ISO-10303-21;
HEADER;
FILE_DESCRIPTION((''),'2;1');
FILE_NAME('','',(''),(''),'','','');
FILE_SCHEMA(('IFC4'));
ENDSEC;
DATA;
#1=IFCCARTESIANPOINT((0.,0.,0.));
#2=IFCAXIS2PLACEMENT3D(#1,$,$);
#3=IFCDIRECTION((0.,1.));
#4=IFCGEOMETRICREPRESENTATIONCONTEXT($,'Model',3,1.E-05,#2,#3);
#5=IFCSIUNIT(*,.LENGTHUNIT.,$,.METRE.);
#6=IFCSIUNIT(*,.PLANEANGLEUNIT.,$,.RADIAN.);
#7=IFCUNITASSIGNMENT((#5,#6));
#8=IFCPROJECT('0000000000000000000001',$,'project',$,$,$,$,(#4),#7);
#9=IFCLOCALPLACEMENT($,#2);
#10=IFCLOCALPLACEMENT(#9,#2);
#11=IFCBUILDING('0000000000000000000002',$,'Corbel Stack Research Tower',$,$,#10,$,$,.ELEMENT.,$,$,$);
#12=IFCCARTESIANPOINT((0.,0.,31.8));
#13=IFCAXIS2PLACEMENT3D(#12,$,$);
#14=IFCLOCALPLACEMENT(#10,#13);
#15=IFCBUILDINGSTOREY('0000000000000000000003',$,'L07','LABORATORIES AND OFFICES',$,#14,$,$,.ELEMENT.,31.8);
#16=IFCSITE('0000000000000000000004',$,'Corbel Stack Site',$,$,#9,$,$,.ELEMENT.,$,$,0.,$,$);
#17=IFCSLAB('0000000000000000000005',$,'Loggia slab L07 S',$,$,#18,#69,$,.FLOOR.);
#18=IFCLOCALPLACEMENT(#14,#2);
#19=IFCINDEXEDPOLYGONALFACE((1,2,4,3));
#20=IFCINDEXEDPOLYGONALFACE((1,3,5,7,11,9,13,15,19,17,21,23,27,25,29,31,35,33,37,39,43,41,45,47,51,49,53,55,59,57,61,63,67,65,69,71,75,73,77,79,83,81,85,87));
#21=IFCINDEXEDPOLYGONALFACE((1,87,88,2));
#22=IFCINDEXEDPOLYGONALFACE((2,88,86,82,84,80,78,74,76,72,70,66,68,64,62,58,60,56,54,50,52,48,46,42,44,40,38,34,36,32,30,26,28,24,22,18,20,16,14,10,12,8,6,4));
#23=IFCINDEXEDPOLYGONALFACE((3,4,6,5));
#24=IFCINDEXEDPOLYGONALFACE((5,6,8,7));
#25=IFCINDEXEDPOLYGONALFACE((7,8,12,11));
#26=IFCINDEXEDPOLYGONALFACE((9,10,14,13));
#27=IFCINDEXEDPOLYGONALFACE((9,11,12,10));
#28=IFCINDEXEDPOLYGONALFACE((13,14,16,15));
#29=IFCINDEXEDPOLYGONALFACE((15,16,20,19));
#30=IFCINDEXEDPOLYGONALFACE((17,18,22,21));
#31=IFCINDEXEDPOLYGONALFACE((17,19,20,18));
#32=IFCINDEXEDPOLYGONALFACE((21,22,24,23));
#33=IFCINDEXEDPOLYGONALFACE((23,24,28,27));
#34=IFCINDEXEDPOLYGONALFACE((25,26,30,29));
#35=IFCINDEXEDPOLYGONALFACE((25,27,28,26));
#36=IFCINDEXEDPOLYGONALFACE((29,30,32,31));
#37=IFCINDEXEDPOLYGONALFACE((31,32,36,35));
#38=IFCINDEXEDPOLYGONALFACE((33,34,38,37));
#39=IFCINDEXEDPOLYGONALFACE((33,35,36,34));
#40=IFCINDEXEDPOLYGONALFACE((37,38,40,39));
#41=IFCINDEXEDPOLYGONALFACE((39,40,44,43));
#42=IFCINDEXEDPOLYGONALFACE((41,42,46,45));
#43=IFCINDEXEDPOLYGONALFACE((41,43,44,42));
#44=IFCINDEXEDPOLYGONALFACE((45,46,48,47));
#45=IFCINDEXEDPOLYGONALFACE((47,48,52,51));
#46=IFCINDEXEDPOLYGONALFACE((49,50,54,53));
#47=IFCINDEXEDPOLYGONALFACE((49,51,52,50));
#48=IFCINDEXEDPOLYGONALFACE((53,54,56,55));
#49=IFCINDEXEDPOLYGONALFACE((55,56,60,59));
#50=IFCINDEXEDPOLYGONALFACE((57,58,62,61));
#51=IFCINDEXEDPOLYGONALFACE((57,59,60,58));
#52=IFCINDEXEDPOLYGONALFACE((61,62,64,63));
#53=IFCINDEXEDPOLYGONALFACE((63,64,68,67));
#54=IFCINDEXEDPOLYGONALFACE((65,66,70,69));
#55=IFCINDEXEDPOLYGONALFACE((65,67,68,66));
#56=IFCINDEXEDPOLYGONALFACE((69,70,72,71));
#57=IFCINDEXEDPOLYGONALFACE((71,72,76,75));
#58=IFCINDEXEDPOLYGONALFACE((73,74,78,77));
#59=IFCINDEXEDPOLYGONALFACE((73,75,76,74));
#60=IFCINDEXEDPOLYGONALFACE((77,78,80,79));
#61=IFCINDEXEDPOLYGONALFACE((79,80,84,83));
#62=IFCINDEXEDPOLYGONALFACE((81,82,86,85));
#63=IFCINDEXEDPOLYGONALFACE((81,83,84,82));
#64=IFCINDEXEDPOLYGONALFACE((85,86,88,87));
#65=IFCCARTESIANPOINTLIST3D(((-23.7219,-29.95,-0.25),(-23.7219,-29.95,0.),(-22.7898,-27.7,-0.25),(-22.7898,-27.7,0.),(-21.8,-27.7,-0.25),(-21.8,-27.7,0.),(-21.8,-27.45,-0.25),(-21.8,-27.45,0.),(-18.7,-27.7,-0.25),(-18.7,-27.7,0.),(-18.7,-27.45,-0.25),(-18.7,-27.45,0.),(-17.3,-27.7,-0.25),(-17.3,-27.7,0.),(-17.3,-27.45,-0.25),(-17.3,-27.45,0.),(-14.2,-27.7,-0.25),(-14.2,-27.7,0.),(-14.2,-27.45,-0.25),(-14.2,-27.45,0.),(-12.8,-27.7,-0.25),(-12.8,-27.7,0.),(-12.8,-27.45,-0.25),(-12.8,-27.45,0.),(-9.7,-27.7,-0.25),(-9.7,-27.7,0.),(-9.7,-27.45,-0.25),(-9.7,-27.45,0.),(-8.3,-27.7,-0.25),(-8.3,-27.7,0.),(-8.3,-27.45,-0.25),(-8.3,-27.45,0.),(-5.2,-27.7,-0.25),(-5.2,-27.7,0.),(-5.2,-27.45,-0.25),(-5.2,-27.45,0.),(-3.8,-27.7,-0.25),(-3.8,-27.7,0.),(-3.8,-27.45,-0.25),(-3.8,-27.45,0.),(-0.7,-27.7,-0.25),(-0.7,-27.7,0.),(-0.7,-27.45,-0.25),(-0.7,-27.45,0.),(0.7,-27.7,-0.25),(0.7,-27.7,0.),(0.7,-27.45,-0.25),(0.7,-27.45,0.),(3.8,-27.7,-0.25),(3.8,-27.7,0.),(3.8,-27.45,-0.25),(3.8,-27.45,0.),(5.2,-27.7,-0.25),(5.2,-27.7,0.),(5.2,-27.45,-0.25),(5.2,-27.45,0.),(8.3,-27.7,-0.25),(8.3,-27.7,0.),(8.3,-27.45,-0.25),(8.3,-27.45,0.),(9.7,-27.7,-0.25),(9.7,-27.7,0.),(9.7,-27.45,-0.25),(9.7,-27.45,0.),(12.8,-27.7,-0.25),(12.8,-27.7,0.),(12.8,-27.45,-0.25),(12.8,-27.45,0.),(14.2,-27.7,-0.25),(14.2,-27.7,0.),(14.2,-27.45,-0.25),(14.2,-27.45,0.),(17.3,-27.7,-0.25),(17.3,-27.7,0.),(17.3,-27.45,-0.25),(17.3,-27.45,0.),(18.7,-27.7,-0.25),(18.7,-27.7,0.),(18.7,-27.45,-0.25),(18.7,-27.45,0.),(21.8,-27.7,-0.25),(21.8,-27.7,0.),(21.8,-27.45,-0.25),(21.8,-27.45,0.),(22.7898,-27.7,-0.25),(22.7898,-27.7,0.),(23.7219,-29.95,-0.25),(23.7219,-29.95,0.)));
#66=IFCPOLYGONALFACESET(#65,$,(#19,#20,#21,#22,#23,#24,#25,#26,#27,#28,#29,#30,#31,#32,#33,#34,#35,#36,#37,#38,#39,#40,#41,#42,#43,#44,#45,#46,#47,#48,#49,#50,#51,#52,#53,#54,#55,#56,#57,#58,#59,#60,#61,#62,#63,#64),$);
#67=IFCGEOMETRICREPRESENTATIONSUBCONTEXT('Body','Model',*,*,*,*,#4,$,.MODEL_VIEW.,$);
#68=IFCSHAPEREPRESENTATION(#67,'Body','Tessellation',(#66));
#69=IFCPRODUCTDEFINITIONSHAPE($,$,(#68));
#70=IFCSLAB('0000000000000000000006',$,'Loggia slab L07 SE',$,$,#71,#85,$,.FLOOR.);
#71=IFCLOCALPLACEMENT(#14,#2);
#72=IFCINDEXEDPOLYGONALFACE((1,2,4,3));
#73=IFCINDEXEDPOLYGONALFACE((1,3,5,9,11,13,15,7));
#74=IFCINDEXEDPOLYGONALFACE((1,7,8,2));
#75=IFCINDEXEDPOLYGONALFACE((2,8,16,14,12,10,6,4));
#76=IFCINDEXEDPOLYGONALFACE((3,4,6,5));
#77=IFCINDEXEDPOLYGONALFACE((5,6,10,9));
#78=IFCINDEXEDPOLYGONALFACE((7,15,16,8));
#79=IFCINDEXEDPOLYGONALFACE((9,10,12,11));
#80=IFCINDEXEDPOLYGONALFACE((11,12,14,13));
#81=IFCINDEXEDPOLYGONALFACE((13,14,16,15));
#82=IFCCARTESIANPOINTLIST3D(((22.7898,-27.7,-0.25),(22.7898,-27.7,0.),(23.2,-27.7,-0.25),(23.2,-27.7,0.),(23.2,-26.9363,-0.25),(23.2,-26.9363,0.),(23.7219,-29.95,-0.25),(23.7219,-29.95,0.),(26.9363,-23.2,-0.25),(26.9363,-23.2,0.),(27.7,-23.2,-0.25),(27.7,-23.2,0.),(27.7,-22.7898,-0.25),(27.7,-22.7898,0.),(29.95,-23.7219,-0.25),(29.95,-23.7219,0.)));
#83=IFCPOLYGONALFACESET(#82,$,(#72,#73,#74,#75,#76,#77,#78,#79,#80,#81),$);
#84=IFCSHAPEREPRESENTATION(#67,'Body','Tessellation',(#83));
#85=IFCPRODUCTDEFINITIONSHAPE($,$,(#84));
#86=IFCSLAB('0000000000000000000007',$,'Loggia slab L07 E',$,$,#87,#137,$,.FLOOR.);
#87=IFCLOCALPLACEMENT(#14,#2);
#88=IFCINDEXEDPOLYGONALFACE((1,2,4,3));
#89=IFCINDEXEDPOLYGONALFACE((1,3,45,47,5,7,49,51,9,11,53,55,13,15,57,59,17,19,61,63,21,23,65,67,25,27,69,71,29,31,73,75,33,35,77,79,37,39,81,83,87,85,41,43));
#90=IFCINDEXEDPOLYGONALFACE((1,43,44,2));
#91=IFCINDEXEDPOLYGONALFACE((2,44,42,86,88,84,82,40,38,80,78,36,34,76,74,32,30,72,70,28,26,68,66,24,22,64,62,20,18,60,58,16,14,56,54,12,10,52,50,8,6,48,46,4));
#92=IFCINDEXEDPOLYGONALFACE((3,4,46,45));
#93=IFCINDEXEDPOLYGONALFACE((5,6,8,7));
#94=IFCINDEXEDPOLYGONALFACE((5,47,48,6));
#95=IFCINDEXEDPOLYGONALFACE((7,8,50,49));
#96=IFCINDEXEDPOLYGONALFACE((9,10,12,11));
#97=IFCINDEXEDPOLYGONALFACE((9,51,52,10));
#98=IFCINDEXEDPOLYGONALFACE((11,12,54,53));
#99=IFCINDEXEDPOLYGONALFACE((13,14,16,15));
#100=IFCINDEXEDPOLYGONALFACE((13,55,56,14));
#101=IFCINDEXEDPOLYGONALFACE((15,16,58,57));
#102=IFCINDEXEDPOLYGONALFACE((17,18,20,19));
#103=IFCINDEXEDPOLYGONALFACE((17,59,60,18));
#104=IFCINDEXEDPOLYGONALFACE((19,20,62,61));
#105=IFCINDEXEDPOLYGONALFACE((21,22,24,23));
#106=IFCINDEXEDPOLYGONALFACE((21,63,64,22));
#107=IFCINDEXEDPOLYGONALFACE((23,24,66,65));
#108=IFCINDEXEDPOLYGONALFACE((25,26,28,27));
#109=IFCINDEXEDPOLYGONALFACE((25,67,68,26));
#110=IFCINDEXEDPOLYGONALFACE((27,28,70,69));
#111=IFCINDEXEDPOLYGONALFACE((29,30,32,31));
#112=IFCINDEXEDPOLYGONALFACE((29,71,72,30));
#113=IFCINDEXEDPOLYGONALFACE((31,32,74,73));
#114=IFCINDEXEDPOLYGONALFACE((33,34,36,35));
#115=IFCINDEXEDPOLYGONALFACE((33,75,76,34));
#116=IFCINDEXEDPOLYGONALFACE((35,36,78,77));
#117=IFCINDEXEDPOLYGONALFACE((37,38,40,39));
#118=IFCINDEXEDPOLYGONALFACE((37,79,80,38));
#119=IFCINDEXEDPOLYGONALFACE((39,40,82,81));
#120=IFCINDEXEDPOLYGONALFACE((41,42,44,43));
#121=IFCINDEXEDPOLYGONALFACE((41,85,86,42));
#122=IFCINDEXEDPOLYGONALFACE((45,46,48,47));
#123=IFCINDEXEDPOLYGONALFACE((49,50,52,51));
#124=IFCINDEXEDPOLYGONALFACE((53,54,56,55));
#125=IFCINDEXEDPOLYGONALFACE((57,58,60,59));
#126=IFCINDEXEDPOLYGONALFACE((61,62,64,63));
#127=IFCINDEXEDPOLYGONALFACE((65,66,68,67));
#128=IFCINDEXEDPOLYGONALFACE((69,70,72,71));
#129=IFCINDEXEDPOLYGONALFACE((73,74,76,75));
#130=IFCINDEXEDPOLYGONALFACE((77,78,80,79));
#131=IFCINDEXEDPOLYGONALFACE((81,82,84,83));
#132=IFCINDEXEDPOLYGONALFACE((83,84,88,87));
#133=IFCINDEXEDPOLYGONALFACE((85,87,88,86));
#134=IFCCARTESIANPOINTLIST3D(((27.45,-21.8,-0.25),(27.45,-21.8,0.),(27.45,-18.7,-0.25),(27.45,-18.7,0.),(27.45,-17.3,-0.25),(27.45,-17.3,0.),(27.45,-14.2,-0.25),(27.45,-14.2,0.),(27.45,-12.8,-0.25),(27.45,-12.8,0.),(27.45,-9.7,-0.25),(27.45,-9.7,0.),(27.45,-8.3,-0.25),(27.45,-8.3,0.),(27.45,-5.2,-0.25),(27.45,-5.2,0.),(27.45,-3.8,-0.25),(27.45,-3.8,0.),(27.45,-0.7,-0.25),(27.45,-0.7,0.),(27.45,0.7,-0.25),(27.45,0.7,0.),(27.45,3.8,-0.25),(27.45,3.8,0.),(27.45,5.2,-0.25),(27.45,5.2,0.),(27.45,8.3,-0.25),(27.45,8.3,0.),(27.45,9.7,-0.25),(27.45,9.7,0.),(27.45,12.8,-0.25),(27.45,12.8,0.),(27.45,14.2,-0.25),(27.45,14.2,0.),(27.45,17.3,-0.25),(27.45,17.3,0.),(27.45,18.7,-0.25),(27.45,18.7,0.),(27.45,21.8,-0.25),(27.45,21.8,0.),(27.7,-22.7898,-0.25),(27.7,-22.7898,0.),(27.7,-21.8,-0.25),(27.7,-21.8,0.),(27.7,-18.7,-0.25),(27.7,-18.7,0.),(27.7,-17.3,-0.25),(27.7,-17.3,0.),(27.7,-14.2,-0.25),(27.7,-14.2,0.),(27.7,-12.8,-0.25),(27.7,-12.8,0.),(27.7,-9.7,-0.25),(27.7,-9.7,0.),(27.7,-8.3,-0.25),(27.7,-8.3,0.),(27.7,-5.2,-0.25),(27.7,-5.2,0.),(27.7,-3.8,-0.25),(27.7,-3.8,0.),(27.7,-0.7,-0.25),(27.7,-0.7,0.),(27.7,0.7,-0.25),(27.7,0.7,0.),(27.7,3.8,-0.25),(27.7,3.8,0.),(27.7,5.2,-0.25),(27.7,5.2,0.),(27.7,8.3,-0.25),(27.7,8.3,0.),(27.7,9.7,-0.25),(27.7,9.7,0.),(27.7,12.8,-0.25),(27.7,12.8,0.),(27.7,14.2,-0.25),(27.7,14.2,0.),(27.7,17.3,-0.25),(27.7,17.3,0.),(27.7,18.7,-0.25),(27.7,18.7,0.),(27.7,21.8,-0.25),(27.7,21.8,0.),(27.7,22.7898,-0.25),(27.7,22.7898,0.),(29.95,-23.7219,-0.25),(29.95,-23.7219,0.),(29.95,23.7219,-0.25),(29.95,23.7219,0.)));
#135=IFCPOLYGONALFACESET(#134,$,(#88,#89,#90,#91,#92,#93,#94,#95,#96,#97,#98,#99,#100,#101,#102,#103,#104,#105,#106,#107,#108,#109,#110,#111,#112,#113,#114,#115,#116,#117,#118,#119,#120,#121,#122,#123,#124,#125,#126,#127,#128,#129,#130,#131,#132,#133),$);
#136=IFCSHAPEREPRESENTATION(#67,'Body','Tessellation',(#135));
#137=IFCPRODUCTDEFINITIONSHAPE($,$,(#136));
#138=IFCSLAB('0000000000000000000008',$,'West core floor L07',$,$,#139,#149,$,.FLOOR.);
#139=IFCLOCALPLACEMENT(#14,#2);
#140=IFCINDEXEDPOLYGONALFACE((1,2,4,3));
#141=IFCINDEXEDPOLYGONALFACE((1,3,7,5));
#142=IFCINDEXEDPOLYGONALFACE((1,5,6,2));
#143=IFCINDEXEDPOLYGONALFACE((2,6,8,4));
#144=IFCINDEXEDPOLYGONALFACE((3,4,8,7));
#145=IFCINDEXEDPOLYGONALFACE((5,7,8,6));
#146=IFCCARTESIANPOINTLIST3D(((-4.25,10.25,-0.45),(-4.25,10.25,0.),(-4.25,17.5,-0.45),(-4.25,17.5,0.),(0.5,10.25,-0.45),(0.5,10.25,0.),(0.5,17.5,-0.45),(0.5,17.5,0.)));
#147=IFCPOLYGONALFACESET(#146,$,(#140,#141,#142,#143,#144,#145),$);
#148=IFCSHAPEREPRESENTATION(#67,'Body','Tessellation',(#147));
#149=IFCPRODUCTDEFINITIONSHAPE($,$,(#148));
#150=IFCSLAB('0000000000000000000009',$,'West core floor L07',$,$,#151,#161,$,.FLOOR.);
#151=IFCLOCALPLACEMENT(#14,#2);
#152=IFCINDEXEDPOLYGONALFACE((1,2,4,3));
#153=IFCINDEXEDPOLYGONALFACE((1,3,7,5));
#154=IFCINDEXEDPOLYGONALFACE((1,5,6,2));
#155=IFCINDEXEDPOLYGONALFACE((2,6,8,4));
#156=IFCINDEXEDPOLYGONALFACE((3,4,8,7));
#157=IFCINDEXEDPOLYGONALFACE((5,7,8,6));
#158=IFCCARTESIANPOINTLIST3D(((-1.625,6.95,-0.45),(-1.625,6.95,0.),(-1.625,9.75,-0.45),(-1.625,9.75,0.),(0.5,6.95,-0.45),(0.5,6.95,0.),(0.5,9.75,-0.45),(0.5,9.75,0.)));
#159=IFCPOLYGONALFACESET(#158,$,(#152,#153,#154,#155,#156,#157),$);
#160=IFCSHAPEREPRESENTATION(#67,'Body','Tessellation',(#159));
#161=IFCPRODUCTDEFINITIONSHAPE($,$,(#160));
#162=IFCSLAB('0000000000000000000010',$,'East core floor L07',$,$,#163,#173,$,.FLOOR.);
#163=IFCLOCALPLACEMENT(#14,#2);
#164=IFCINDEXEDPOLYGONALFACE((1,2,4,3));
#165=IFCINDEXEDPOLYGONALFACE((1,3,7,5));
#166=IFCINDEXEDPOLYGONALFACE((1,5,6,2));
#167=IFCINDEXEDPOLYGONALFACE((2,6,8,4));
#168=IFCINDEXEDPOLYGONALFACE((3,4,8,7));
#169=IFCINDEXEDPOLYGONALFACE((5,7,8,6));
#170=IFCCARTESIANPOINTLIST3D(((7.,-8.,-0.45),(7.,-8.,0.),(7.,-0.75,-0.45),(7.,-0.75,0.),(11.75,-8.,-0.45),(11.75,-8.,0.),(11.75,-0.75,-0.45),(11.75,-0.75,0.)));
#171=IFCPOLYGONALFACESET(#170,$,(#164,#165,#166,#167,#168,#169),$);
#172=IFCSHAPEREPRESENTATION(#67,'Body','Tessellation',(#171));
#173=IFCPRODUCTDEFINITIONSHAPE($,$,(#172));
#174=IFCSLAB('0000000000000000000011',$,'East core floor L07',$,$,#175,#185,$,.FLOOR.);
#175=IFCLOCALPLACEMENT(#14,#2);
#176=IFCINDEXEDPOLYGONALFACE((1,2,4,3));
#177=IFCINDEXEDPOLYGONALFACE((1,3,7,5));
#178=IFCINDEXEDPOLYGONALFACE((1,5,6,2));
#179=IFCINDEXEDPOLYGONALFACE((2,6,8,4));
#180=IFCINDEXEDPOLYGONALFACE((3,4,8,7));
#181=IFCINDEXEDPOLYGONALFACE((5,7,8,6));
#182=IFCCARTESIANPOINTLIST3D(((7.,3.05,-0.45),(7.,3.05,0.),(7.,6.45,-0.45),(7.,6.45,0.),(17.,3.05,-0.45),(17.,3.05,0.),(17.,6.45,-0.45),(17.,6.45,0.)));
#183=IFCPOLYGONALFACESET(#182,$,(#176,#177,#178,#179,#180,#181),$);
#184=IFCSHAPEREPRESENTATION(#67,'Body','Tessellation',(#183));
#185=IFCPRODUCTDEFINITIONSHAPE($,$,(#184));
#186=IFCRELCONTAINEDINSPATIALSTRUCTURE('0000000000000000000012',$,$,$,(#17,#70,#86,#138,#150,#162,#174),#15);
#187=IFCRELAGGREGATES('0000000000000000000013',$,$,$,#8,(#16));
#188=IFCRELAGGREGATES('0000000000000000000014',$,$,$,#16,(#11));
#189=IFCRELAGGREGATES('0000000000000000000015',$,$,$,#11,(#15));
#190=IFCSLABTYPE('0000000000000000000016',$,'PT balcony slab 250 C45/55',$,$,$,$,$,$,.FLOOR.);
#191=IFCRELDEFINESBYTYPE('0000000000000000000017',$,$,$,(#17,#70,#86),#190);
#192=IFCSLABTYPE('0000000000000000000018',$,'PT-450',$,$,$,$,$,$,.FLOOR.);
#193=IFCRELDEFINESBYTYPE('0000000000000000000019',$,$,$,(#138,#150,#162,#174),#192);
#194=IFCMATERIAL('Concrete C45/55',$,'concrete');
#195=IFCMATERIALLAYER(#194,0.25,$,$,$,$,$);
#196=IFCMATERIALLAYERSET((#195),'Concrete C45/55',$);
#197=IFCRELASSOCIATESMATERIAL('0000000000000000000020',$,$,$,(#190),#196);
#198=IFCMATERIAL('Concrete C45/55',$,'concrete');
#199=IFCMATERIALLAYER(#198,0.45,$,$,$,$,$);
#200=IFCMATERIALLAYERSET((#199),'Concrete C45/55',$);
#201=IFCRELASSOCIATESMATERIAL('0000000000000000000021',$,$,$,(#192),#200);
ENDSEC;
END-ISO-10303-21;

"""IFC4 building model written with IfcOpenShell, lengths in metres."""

from ifc_helpers import new_model, si_unit, direction, frame, origin, place, context, subcontext, project, spatial, polyline, outline, extrude, material, layer, layer_set, type_object, element, save


model = new_model("IFC4")

# Units and contexts
model_context = context("Model", 3, precision=1e-05, world=origin(), true_north=direction((0.0, 1.0)))
body_context = subcontext(model_context, "Body", "Model", "MODEL_VIEW")
ifc_project = project(units=[si_unit("LENGTHUNIT", "METRE"), si_unit("PLANEANGLEUNIT", "RADIAN")], contexts=[model_context])

# Site, building, storey
site_placement = place(None, origin())
site = spatial("IfcSite", under=ifc_project, at=site_placement, Name="Corbel Stack Site", CompositionType="ELEMENT", RefElevation=0.0)
building_placement = place(site_placement, origin())
building = spatial("IfcBuilding", under=site, at=building_placement, Name="Corbel Stack Research Tower", CompositionType="ELEMENT")
storey_placement = place(building_placement, frame((0.0, 0.0, 31.8)))
storey = spatial("IfcBuildingStorey", under=building, at=storey_placement, Name="L07", Description="LABORATORIES AND OFFICES", CompositionType="ELEMENT", Elevation=31.8)

# Slabs
ifc_material_1 = material(Name="Concrete C45/55", Category="concrete")
ifc_layer_1 = layer(ifc_material_1, 0.25)
ifc_layer_set_1 = layer_set([ifc_layer_1], Name="Concrete C45/55")
slab_type_1 = type_object("IfcSlabType", Name="PT balcony slab 250 C45/55", PredefinedType="FLOOR", material=ifc_layer_set_1)
slab_1_placement = place(storey_placement, frame((0.0, 0.0, -0.25)))
element("IfcSlab", 1, at=slab_1_placement, inside=storey, type_object=slab_type_1, Name="Loggia slab L07 S", PredefinedType="FLOOR", context=body_context, shape_type="SweptSolid", body=[
    extrude(outline(polyline([(22.7898, -27.7), (21.8, -27.7), (21.8, -27.45), (18.7, -27.45), (18.7, -27.7), (17.3, -27.7), (17.3, -27.45), (14.2, -27.45), (14.2, -27.7), (12.8, -27.7), (12.8, -27.45), (9.7, -27.45), (9.7, -27.7), (8.3, -27.7), (8.3, -27.45), (5.2, -27.45), (5.2, -27.7), (3.8, -27.7), (3.8, -27.45), (0.7, -27.45), (0.7, -27.7), (-0.7, -27.7), (-0.7, -27.45), (-3.8, -27.45), (-3.8, -27.7), (-5.2, -27.7), (-5.2, -27.45), (-8.3, -27.45), (-8.3, -27.7), (-9.7, -27.7), (-9.7, -27.45), (-12.8, -27.45), (-12.8, -27.7), (-14.2, -27.7), (-14.2, -27.45), (-17.3, -27.45), (-17.3, -27.7), (-18.7, -27.7), (-18.7, -27.45), (-21.8, -27.45), (-21.8, -27.7), (-22.7898, -27.7), (-23.7219, -29.95), (23.7219, -29.95), (22.7898, -27.7)])), origin(), (0.0, 0.0, 1.0), 0.25),
])
slab_2_placement = place(storey_placement, frame((0.0, 0.0, -0.25)))
element("IfcSlab", 2, at=slab_2_placement, inside=storey, type_object=slab_type_1, Name="Loggia slab L07 SE", PredefinedType="FLOOR", context=body_context, shape_type="SweptSolid", body=[
    extrude(outline(polyline([(27.7, -22.7898), (27.7, -23.2), (26.9363, -23.2), (23.2, -26.9363), (23.2, -27.7), (22.7898, -27.7), (23.7219, -29.95), (29.95, -23.7219), (27.7, -22.7898)])), origin(), (0.0, 0.0, 1.0), 0.25),
])
slab_3_placement = place(storey_placement, frame((0.0, 0.0, -0.25)))
element("IfcSlab", 3, at=slab_3_placement, inside=storey, type_object=slab_type_1, Name="Loggia slab L07 E", PredefinedType="FLOOR", context=body_context, shape_type="SweptSolid", body=[
    extrude(outline(polyline([(27.7, 22.7898), (27.7, 21.8), (27.45, 21.8), (27.45, 18.7), (27.7, 18.7), (27.7, 17.3), (27.45, 17.3), (27.45, 14.2), (27.7, 14.2), (27.7, 12.8), (27.45, 12.8), (27.45, 9.7), (27.7, 9.7), (27.7, 8.3), (27.45, 8.3), (27.45, 5.2), (27.7, 5.2), (27.7, 3.8), (27.45, 3.8), (27.45, 0.7), (27.7, 0.7), (27.7, -0.7), (27.45, -0.7), (27.45, -3.8), (27.7, -3.8), (27.7, -5.2), (27.45, -5.2), (27.45, -8.3), (27.7, -8.3), (27.7, -9.7), (27.45, -9.7), (27.45, -12.8), (27.7, -12.8), (27.7, -14.2), (27.45, -14.2), (27.45, -17.3), (27.7, -17.3), (27.7, -18.7), (27.45, -18.7), (27.45, -21.8), (27.7, -21.8), (27.7, -22.7898), (29.95, -23.7219), (29.95, 23.7219), (27.7, 22.7898)])), origin(), (0.0, 0.0, 1.0), 0.25),
])
ifc_material_2 = material(Name="Concrete C45/55", Category="concrete")
ifc_layer_2 = layer(ifc_material_2, 0.45)
ifc_layer_set_2 = layer_set([ifc_layer_2], Name="Concrete C45/55")
slab_type_2 = type_object("IfcSlabType", Name="PT-450", PredefinedType="FLOOR", material=ifc_layer_set_2)
slab_4_placement = place(storey_placement, frame((0.0, 0.0, -0.45)))
element("IfcSlab", 4, at=slab_4_placement, inside=storey, type_object=slab_type_2, Name="West core floor L07", PredefinedType="FLOOR", context=body_context, shape_type="SweptSolid", body=[
    extrude(outline(polyline([(-4.25, 17.5), (-4.25, 10.25), (0.5, 10.25), (0.5, 17.5), (-4.25, 17.5)])), origin(), (0.0, 0.0, 1.0), 0.45),
])
slab_5_placement = place(storey_placement, frame((0.0, 0.0, -0.45)))
element("IfcSlab", 5, at=slab_5_placement, inside=storey, type_object=slab_type_2, Name="West core floor L07", PredefinedType="FLOOR", context=body_context, shape_type="SweptSolid", body=[
    extrude(outline(polyline([(0.5, 6.95), (0.5, 9.75), (-1.625, 9.75), (-1.625, 6.95), (0.5, 6.95)])), origin(), (0.0, 0.0, 1.0), 0.45),
])
slab_6_placement = place(storey_placement, frame((0.0, 0.0, -0.45)))
element("IfcSlab", 6, at=slab_6_placement, inside=storey, type_object=slab_type_2, Name="East core floor L07", PredefinedType="FLOOR", context=body_context, shape_type="SweptSolid", body=[
    extrude(outline(polyline([(7.0, -0.75), (7.0, -8.0), (11.75, -8.0), (11.75, -0.75), (7.0, -0.75)])), origin(), (0.0, 0.0, 1.0), 0.45),
])
slab_7_placement = place(storey_placement, frame((0.0, 0.0, -0.45)))
element("IfcSlab", 7, at=slab_7_placement, inside=storey, type_object=slab_type_2, Name="East core floor L07", PredefinedType="FLOOR", context=body_context, shape_type="SweptSolid", body=[
    extrude(outline(polyline([(7.0, 6.45), (7.0, 3.05), (17.0, 3.05), (17.0, 6.45), (7.0, 6.45)])), origin(), (0.0, 0.0, 1.0), 0.45),
])

save(model, "model.ifc")
